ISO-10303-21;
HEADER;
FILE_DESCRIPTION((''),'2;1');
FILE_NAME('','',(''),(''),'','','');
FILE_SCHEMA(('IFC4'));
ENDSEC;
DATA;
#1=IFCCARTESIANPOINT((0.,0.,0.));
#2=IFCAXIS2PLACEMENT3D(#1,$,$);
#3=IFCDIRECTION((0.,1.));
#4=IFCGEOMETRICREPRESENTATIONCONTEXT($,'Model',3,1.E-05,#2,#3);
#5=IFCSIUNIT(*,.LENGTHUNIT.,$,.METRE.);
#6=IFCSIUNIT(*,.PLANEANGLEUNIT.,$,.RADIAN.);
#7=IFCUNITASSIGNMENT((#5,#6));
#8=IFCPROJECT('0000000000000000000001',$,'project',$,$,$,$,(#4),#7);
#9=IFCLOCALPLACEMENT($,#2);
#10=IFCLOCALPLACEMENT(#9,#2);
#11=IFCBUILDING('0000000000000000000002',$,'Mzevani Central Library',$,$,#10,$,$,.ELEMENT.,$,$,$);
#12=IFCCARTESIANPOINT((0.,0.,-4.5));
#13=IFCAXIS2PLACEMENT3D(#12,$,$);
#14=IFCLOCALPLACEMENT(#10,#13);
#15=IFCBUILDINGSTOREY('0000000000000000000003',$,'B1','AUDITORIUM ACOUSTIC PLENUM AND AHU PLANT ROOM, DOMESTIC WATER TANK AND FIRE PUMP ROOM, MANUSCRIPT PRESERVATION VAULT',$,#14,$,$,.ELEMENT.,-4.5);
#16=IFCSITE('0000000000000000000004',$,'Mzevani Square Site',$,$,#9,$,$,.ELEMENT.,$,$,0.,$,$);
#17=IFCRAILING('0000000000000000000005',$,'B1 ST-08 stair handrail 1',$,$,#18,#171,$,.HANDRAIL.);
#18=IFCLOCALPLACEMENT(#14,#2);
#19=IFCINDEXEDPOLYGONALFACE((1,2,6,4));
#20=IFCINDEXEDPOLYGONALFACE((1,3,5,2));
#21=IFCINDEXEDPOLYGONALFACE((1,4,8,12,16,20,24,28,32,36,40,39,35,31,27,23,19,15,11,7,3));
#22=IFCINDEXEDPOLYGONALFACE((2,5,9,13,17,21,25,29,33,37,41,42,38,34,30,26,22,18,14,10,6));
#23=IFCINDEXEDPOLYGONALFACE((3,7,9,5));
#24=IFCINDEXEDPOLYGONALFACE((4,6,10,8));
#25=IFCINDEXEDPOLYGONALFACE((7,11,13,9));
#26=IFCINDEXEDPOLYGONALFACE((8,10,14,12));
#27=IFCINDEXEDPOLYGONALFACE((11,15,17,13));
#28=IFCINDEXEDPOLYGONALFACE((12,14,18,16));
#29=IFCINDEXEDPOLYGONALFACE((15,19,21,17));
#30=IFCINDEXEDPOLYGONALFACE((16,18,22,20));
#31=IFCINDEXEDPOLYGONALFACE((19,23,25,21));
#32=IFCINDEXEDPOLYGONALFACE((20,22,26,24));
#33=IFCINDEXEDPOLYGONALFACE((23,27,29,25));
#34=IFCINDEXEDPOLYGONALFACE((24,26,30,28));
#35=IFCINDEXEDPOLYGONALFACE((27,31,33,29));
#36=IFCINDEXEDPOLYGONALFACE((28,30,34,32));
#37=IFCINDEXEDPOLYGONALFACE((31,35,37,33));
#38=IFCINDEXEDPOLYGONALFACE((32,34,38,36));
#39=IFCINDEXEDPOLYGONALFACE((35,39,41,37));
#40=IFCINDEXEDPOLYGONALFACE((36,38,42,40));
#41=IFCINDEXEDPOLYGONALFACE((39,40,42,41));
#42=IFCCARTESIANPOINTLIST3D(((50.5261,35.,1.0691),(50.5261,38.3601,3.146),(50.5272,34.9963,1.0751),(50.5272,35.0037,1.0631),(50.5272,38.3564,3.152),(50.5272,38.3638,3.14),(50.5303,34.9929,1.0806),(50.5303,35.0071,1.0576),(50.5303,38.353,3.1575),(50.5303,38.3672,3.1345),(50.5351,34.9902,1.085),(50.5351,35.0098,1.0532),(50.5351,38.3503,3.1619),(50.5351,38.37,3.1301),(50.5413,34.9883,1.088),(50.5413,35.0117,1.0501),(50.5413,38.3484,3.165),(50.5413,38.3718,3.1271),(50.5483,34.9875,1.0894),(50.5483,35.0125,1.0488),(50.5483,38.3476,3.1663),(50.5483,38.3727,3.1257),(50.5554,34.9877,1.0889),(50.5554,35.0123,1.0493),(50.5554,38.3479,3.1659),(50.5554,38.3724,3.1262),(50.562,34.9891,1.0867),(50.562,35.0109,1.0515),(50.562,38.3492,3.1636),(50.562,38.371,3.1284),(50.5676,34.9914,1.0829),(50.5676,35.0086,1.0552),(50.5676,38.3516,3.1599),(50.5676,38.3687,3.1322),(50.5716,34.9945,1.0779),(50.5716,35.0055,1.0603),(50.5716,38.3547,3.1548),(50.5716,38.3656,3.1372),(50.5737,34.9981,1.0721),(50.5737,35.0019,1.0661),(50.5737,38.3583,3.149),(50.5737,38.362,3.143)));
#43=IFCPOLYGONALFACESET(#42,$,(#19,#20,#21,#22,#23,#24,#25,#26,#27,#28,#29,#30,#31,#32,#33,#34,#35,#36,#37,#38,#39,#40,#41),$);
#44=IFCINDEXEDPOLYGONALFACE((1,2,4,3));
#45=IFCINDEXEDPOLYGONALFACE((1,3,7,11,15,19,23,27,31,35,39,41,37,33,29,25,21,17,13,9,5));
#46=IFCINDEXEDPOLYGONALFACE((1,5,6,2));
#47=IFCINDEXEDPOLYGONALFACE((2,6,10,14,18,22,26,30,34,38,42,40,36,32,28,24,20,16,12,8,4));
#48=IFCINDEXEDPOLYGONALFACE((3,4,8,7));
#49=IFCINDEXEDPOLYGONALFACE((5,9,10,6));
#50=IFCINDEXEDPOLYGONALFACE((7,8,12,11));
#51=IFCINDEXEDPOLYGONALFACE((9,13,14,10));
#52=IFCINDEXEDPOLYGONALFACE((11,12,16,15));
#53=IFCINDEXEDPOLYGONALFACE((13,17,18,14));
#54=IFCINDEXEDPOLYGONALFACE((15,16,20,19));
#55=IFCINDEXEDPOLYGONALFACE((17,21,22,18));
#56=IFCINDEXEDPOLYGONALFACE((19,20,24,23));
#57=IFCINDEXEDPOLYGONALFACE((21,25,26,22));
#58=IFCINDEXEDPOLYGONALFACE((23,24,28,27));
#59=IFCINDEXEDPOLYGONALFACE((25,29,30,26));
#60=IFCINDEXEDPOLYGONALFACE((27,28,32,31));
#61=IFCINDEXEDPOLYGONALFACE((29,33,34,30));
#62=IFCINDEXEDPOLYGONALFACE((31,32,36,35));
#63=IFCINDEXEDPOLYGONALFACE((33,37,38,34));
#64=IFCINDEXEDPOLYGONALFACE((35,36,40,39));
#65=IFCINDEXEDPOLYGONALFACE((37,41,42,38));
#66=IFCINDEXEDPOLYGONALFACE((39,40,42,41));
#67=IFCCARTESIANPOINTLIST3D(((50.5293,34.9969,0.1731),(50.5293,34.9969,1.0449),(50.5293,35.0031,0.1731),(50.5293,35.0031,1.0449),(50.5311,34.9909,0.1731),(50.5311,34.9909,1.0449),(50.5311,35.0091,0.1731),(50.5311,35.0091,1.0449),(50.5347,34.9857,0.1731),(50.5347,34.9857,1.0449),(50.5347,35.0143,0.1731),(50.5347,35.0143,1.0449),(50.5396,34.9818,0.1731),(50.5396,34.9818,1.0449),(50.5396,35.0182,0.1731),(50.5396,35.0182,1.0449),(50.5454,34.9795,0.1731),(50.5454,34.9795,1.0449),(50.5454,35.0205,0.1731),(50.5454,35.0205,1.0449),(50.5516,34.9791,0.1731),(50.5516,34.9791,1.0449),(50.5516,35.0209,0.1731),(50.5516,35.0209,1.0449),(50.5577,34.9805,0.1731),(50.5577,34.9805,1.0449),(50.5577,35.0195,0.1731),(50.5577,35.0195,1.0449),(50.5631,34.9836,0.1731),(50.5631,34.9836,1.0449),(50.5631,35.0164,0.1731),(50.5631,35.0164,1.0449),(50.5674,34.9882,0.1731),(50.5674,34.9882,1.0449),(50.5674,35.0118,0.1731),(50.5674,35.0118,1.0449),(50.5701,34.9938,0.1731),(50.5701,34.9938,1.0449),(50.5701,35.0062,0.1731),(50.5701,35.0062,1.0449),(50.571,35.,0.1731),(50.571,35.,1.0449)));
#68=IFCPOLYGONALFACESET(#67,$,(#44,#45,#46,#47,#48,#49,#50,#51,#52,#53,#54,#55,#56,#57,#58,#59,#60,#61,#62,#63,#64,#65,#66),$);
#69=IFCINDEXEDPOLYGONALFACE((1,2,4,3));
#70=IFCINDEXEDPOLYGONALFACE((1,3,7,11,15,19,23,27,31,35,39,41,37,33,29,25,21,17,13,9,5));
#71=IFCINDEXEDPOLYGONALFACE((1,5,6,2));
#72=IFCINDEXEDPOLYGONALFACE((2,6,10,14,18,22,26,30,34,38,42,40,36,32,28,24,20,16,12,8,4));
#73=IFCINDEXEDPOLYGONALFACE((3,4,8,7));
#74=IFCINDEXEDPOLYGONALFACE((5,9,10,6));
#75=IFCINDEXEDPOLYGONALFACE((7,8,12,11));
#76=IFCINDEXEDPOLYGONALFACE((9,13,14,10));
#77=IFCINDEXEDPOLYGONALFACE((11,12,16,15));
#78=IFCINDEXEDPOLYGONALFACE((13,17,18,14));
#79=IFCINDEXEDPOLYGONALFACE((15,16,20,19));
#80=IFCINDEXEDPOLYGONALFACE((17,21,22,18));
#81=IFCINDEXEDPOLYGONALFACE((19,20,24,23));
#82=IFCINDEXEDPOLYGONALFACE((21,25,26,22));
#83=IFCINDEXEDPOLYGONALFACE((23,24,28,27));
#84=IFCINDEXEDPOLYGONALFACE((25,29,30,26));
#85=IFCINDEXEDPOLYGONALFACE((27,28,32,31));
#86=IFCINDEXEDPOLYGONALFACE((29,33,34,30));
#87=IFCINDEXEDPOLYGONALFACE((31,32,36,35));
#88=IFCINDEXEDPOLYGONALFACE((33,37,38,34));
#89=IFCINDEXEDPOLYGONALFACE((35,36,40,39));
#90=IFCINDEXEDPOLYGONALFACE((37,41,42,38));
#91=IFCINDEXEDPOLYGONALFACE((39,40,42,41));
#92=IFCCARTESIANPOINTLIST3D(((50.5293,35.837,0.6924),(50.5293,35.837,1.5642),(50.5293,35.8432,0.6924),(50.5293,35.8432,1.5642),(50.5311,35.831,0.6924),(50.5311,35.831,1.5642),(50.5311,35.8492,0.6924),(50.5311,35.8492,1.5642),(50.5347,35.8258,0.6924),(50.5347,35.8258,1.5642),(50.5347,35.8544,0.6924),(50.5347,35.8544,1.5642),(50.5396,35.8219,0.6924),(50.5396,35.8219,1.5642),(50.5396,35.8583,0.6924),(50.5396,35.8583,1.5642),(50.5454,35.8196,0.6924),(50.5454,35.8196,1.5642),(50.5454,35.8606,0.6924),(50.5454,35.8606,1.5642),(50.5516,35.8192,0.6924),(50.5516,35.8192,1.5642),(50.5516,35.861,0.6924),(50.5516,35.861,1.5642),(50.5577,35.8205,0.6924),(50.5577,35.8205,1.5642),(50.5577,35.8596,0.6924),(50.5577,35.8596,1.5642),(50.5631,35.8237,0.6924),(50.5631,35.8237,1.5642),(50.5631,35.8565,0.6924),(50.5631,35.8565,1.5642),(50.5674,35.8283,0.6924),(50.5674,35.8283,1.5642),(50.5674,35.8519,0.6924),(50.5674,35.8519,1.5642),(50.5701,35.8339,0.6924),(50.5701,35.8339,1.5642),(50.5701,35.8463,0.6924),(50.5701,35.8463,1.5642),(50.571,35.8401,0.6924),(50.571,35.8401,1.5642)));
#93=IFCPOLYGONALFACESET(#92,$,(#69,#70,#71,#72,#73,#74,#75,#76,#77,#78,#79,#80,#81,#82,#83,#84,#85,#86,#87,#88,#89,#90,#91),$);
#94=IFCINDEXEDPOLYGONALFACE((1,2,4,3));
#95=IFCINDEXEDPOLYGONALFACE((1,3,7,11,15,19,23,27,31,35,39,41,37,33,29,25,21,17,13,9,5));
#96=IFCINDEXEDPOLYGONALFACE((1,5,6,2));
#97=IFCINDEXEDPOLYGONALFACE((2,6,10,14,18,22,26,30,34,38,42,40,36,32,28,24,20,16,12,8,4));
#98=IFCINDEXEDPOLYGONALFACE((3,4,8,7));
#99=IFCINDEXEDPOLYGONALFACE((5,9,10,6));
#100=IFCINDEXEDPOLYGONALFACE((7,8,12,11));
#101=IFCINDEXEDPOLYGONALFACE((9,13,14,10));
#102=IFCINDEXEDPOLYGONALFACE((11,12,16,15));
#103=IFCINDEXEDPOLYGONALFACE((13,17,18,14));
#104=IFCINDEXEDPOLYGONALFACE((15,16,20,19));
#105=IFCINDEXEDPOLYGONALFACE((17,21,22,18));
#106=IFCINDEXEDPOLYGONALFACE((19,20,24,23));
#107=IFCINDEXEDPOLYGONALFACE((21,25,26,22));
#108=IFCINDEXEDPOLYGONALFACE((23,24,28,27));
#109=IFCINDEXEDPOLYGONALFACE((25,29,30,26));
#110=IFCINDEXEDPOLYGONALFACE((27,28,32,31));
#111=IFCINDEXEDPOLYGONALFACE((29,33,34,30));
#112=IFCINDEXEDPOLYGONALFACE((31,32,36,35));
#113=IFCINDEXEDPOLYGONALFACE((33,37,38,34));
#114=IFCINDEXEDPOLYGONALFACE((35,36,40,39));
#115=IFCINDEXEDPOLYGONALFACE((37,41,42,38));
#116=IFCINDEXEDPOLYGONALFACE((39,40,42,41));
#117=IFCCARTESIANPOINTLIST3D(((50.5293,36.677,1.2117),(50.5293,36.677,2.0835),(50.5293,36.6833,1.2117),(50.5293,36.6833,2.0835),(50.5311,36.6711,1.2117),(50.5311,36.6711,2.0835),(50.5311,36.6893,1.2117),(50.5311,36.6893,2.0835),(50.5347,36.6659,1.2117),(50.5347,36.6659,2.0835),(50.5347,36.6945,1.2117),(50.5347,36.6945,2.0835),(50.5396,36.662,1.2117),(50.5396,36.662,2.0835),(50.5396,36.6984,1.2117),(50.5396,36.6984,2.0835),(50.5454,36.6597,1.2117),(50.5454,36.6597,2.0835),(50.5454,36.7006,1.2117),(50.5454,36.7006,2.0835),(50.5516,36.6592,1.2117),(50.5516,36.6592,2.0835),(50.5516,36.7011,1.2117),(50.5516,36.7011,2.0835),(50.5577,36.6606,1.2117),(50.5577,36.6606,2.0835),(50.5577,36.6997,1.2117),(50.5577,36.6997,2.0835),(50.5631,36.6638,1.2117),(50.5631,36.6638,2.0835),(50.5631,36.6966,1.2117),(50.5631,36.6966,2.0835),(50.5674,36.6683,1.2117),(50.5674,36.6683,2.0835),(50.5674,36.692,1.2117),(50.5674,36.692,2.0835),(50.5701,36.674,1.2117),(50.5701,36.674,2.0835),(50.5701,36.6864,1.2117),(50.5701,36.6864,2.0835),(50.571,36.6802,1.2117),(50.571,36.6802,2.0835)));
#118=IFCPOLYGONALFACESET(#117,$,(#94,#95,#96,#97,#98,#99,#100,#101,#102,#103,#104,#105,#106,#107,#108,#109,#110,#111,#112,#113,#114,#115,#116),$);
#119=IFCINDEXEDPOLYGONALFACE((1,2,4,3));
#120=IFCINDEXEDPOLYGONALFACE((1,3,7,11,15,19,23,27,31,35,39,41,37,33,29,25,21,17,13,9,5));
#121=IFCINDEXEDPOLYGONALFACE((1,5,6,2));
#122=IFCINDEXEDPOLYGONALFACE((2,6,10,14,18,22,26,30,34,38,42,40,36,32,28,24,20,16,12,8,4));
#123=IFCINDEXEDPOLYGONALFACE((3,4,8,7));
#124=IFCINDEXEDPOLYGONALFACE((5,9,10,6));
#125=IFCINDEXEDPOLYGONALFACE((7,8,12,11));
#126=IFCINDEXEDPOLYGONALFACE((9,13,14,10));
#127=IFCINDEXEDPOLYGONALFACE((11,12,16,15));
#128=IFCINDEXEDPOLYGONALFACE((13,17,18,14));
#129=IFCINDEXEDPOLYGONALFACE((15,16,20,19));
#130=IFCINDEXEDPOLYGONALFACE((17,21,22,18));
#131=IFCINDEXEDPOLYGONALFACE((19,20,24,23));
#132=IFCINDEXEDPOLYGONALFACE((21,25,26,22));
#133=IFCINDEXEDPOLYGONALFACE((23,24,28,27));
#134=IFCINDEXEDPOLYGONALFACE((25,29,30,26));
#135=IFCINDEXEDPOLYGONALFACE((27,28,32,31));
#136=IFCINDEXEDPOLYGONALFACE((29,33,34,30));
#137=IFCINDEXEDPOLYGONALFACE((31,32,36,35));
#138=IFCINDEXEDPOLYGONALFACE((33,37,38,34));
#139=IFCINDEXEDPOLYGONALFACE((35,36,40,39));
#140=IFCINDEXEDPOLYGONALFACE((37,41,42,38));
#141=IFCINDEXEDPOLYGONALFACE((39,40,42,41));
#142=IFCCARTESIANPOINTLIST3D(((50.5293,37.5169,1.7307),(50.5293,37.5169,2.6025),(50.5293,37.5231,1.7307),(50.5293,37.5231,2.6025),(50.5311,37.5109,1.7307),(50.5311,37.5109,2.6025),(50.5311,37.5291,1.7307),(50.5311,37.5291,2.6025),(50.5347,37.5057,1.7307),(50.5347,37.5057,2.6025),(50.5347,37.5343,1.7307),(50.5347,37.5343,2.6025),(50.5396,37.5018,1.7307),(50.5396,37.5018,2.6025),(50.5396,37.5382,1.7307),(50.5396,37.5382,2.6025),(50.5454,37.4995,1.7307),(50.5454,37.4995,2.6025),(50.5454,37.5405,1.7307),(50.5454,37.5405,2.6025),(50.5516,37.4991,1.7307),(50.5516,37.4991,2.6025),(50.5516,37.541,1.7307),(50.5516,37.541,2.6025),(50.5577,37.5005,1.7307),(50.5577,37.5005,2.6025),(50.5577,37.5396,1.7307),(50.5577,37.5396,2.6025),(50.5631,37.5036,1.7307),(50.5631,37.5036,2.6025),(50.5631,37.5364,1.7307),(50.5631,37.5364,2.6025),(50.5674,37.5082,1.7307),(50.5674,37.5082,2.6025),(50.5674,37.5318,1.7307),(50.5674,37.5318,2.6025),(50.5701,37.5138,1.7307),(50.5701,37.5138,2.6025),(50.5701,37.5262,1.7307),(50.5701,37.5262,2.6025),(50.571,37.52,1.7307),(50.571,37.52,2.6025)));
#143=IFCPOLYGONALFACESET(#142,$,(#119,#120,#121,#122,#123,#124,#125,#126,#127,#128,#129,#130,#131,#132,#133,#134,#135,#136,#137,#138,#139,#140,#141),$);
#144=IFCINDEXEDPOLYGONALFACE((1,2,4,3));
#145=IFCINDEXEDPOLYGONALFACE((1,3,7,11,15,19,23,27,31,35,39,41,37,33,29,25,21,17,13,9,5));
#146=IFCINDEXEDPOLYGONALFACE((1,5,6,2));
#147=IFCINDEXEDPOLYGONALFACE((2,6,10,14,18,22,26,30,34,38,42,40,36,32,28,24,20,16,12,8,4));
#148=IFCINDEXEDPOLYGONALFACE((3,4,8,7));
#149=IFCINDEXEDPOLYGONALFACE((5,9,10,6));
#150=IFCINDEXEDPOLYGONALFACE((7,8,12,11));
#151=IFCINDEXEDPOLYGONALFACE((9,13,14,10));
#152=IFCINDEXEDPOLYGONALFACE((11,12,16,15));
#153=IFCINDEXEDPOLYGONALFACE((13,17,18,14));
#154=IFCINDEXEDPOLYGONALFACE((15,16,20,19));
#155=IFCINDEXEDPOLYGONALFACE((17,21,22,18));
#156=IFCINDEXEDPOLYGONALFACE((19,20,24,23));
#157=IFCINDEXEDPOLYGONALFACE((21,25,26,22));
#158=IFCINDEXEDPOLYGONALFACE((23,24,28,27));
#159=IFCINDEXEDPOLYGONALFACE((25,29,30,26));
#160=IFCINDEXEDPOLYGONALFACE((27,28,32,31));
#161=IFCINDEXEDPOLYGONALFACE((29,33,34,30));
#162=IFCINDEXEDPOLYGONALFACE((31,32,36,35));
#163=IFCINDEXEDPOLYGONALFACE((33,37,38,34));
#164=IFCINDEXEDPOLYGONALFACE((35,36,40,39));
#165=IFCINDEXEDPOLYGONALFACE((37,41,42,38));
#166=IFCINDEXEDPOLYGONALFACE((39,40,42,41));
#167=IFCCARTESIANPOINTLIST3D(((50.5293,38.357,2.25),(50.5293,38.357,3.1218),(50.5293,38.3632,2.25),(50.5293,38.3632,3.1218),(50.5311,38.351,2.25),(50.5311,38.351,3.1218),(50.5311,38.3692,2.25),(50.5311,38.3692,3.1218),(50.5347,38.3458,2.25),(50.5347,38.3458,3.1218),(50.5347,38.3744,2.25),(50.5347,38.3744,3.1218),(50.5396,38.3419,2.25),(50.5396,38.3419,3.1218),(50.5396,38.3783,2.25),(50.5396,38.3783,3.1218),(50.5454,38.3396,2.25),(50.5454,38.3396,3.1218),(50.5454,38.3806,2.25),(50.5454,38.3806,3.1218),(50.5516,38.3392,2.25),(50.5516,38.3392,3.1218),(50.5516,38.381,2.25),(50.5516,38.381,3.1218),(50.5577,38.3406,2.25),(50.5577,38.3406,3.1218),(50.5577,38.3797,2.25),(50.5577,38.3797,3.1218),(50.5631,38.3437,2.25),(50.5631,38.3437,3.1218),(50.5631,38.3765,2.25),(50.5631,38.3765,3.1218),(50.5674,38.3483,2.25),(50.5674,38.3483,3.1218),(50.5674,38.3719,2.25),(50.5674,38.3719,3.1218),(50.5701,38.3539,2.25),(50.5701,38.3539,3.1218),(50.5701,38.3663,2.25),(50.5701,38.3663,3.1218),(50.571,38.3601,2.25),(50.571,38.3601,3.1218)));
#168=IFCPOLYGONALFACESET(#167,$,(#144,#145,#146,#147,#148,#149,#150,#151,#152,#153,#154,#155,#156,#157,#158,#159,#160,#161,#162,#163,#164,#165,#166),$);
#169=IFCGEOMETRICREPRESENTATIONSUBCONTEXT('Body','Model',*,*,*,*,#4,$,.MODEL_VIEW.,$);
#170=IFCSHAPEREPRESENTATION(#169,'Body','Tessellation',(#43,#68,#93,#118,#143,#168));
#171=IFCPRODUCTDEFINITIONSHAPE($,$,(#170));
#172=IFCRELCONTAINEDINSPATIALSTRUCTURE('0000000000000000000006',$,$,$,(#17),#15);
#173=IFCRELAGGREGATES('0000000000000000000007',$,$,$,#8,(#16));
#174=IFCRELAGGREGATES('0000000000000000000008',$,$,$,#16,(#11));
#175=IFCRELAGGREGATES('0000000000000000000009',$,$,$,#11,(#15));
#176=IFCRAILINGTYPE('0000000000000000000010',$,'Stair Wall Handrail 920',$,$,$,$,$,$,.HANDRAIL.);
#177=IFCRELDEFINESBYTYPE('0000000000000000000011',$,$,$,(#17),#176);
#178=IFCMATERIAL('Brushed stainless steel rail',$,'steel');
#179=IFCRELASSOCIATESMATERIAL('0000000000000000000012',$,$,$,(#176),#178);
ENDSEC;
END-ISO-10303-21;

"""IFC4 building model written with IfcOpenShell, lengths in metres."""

from ifc_helpers import new_model, si_unit, direction, frame, origin, origin_2d, place, context, subcontext, project, spatial, circle, extrude, material, type_object, element, save


model = new_model("IFC4")

# Units and contexts
model_context = context("Model", 3, precision=1e-05, world=origin(), true_north=direction((0.0, 1.0)))
body_context = subcontext(model_context, "Body", "Model", "MODEL_VIEW")
ifc_project = project(units=[si_unit("LENGTHUNIT", "METRE"), si_unit("PLANEANGLEUNIT", "RADIAN")], contexts=[model_context])

# Site, building, storey
site_placement = place(None, origin())
site = spatial("IfcSite", under=ifc_project, at=site_placement, Name="Mzevani Square Site", CompositionType="ELEMENT", RefElevation=0.0)
building_placement = place(site_placement, origin())
building = spatial("IfcBuilding", under=site, at=building_placement, Name="Mzevani Central Library", CompositionType="ELEMENT")
storey_placement = place(building_placement, frame((0.0, 0.0, -4.5)))
storey = spatial("IfcBuildingStorey", under=building, at=storey_placement, Name="B1", Description="AUDITORIUM ACOUSTIC PLENUM AND AHU PLANT ROOM, DOMESTIC WATER TANK AND FIRE PUMP ROOM, MANUSCRIPT PRESERVATION VAULT", CompositionType="ELEMENT", Elevation=-4.5)

# Railing
ifc_material_1 = material(Name="Brushed stainless steel rail", Category="steel")
railing_type_1 = type_object("IfcRailingType", Name="Stair Wall Handrail 920", PredefinedType="HANDRAIL", material=ifc_material_1)
railing_1_placement = place(storey_placement, frame((50.55, 35.0, 0.1731)))
element("IfcRailing", 1, at=railing_1_placement, inside=storey, type_object=railing_type_1, Name="B1 ST-08 stair handrail 1", PredefinedType="HANDRAIL", context=body_context, shape_type="SweptSolid", body=[
    extrude(circle(Radius=0.0239, at=origin_2d()), frame((0.0, 0.0, 0.896), z_axis=(0.0, 0.850623, 0.525776), x_axis=(-1.0, 0.0, 0.0)), (0.0, 0.0, 1.0), 3.9502),
    extrude(circle(Radius=0.021, at=origin_2d()), origin(), (0.0, 0.0, 1.0), 0.8718),
    extrude(circle(Radius=0.021, at=origin_2d()), frame((0.0, 0.8401, 0.5193)), (0.0, 0.0, 1.0), 0.8718),
    extrude(circle(Radius=0.021, at=origin_2d()), frame((0.0, 1.6802, 1.0386)), (0.0, 0.0, 1.0), 0.8718),
    extrude(circle(Radius=0.021, at=origin_2d()), frame((0.0, 2.52, 1.5576)), (0.0, 0.0, 1.0), 0.8718),
    extrude(circle(Radius=0.021, at=origin_2d()), frame((0.0, 3.3601, 2.0769)), (0.0, 0.0, 1.0), 0.8718),
])

save(model, "model.ifc")
